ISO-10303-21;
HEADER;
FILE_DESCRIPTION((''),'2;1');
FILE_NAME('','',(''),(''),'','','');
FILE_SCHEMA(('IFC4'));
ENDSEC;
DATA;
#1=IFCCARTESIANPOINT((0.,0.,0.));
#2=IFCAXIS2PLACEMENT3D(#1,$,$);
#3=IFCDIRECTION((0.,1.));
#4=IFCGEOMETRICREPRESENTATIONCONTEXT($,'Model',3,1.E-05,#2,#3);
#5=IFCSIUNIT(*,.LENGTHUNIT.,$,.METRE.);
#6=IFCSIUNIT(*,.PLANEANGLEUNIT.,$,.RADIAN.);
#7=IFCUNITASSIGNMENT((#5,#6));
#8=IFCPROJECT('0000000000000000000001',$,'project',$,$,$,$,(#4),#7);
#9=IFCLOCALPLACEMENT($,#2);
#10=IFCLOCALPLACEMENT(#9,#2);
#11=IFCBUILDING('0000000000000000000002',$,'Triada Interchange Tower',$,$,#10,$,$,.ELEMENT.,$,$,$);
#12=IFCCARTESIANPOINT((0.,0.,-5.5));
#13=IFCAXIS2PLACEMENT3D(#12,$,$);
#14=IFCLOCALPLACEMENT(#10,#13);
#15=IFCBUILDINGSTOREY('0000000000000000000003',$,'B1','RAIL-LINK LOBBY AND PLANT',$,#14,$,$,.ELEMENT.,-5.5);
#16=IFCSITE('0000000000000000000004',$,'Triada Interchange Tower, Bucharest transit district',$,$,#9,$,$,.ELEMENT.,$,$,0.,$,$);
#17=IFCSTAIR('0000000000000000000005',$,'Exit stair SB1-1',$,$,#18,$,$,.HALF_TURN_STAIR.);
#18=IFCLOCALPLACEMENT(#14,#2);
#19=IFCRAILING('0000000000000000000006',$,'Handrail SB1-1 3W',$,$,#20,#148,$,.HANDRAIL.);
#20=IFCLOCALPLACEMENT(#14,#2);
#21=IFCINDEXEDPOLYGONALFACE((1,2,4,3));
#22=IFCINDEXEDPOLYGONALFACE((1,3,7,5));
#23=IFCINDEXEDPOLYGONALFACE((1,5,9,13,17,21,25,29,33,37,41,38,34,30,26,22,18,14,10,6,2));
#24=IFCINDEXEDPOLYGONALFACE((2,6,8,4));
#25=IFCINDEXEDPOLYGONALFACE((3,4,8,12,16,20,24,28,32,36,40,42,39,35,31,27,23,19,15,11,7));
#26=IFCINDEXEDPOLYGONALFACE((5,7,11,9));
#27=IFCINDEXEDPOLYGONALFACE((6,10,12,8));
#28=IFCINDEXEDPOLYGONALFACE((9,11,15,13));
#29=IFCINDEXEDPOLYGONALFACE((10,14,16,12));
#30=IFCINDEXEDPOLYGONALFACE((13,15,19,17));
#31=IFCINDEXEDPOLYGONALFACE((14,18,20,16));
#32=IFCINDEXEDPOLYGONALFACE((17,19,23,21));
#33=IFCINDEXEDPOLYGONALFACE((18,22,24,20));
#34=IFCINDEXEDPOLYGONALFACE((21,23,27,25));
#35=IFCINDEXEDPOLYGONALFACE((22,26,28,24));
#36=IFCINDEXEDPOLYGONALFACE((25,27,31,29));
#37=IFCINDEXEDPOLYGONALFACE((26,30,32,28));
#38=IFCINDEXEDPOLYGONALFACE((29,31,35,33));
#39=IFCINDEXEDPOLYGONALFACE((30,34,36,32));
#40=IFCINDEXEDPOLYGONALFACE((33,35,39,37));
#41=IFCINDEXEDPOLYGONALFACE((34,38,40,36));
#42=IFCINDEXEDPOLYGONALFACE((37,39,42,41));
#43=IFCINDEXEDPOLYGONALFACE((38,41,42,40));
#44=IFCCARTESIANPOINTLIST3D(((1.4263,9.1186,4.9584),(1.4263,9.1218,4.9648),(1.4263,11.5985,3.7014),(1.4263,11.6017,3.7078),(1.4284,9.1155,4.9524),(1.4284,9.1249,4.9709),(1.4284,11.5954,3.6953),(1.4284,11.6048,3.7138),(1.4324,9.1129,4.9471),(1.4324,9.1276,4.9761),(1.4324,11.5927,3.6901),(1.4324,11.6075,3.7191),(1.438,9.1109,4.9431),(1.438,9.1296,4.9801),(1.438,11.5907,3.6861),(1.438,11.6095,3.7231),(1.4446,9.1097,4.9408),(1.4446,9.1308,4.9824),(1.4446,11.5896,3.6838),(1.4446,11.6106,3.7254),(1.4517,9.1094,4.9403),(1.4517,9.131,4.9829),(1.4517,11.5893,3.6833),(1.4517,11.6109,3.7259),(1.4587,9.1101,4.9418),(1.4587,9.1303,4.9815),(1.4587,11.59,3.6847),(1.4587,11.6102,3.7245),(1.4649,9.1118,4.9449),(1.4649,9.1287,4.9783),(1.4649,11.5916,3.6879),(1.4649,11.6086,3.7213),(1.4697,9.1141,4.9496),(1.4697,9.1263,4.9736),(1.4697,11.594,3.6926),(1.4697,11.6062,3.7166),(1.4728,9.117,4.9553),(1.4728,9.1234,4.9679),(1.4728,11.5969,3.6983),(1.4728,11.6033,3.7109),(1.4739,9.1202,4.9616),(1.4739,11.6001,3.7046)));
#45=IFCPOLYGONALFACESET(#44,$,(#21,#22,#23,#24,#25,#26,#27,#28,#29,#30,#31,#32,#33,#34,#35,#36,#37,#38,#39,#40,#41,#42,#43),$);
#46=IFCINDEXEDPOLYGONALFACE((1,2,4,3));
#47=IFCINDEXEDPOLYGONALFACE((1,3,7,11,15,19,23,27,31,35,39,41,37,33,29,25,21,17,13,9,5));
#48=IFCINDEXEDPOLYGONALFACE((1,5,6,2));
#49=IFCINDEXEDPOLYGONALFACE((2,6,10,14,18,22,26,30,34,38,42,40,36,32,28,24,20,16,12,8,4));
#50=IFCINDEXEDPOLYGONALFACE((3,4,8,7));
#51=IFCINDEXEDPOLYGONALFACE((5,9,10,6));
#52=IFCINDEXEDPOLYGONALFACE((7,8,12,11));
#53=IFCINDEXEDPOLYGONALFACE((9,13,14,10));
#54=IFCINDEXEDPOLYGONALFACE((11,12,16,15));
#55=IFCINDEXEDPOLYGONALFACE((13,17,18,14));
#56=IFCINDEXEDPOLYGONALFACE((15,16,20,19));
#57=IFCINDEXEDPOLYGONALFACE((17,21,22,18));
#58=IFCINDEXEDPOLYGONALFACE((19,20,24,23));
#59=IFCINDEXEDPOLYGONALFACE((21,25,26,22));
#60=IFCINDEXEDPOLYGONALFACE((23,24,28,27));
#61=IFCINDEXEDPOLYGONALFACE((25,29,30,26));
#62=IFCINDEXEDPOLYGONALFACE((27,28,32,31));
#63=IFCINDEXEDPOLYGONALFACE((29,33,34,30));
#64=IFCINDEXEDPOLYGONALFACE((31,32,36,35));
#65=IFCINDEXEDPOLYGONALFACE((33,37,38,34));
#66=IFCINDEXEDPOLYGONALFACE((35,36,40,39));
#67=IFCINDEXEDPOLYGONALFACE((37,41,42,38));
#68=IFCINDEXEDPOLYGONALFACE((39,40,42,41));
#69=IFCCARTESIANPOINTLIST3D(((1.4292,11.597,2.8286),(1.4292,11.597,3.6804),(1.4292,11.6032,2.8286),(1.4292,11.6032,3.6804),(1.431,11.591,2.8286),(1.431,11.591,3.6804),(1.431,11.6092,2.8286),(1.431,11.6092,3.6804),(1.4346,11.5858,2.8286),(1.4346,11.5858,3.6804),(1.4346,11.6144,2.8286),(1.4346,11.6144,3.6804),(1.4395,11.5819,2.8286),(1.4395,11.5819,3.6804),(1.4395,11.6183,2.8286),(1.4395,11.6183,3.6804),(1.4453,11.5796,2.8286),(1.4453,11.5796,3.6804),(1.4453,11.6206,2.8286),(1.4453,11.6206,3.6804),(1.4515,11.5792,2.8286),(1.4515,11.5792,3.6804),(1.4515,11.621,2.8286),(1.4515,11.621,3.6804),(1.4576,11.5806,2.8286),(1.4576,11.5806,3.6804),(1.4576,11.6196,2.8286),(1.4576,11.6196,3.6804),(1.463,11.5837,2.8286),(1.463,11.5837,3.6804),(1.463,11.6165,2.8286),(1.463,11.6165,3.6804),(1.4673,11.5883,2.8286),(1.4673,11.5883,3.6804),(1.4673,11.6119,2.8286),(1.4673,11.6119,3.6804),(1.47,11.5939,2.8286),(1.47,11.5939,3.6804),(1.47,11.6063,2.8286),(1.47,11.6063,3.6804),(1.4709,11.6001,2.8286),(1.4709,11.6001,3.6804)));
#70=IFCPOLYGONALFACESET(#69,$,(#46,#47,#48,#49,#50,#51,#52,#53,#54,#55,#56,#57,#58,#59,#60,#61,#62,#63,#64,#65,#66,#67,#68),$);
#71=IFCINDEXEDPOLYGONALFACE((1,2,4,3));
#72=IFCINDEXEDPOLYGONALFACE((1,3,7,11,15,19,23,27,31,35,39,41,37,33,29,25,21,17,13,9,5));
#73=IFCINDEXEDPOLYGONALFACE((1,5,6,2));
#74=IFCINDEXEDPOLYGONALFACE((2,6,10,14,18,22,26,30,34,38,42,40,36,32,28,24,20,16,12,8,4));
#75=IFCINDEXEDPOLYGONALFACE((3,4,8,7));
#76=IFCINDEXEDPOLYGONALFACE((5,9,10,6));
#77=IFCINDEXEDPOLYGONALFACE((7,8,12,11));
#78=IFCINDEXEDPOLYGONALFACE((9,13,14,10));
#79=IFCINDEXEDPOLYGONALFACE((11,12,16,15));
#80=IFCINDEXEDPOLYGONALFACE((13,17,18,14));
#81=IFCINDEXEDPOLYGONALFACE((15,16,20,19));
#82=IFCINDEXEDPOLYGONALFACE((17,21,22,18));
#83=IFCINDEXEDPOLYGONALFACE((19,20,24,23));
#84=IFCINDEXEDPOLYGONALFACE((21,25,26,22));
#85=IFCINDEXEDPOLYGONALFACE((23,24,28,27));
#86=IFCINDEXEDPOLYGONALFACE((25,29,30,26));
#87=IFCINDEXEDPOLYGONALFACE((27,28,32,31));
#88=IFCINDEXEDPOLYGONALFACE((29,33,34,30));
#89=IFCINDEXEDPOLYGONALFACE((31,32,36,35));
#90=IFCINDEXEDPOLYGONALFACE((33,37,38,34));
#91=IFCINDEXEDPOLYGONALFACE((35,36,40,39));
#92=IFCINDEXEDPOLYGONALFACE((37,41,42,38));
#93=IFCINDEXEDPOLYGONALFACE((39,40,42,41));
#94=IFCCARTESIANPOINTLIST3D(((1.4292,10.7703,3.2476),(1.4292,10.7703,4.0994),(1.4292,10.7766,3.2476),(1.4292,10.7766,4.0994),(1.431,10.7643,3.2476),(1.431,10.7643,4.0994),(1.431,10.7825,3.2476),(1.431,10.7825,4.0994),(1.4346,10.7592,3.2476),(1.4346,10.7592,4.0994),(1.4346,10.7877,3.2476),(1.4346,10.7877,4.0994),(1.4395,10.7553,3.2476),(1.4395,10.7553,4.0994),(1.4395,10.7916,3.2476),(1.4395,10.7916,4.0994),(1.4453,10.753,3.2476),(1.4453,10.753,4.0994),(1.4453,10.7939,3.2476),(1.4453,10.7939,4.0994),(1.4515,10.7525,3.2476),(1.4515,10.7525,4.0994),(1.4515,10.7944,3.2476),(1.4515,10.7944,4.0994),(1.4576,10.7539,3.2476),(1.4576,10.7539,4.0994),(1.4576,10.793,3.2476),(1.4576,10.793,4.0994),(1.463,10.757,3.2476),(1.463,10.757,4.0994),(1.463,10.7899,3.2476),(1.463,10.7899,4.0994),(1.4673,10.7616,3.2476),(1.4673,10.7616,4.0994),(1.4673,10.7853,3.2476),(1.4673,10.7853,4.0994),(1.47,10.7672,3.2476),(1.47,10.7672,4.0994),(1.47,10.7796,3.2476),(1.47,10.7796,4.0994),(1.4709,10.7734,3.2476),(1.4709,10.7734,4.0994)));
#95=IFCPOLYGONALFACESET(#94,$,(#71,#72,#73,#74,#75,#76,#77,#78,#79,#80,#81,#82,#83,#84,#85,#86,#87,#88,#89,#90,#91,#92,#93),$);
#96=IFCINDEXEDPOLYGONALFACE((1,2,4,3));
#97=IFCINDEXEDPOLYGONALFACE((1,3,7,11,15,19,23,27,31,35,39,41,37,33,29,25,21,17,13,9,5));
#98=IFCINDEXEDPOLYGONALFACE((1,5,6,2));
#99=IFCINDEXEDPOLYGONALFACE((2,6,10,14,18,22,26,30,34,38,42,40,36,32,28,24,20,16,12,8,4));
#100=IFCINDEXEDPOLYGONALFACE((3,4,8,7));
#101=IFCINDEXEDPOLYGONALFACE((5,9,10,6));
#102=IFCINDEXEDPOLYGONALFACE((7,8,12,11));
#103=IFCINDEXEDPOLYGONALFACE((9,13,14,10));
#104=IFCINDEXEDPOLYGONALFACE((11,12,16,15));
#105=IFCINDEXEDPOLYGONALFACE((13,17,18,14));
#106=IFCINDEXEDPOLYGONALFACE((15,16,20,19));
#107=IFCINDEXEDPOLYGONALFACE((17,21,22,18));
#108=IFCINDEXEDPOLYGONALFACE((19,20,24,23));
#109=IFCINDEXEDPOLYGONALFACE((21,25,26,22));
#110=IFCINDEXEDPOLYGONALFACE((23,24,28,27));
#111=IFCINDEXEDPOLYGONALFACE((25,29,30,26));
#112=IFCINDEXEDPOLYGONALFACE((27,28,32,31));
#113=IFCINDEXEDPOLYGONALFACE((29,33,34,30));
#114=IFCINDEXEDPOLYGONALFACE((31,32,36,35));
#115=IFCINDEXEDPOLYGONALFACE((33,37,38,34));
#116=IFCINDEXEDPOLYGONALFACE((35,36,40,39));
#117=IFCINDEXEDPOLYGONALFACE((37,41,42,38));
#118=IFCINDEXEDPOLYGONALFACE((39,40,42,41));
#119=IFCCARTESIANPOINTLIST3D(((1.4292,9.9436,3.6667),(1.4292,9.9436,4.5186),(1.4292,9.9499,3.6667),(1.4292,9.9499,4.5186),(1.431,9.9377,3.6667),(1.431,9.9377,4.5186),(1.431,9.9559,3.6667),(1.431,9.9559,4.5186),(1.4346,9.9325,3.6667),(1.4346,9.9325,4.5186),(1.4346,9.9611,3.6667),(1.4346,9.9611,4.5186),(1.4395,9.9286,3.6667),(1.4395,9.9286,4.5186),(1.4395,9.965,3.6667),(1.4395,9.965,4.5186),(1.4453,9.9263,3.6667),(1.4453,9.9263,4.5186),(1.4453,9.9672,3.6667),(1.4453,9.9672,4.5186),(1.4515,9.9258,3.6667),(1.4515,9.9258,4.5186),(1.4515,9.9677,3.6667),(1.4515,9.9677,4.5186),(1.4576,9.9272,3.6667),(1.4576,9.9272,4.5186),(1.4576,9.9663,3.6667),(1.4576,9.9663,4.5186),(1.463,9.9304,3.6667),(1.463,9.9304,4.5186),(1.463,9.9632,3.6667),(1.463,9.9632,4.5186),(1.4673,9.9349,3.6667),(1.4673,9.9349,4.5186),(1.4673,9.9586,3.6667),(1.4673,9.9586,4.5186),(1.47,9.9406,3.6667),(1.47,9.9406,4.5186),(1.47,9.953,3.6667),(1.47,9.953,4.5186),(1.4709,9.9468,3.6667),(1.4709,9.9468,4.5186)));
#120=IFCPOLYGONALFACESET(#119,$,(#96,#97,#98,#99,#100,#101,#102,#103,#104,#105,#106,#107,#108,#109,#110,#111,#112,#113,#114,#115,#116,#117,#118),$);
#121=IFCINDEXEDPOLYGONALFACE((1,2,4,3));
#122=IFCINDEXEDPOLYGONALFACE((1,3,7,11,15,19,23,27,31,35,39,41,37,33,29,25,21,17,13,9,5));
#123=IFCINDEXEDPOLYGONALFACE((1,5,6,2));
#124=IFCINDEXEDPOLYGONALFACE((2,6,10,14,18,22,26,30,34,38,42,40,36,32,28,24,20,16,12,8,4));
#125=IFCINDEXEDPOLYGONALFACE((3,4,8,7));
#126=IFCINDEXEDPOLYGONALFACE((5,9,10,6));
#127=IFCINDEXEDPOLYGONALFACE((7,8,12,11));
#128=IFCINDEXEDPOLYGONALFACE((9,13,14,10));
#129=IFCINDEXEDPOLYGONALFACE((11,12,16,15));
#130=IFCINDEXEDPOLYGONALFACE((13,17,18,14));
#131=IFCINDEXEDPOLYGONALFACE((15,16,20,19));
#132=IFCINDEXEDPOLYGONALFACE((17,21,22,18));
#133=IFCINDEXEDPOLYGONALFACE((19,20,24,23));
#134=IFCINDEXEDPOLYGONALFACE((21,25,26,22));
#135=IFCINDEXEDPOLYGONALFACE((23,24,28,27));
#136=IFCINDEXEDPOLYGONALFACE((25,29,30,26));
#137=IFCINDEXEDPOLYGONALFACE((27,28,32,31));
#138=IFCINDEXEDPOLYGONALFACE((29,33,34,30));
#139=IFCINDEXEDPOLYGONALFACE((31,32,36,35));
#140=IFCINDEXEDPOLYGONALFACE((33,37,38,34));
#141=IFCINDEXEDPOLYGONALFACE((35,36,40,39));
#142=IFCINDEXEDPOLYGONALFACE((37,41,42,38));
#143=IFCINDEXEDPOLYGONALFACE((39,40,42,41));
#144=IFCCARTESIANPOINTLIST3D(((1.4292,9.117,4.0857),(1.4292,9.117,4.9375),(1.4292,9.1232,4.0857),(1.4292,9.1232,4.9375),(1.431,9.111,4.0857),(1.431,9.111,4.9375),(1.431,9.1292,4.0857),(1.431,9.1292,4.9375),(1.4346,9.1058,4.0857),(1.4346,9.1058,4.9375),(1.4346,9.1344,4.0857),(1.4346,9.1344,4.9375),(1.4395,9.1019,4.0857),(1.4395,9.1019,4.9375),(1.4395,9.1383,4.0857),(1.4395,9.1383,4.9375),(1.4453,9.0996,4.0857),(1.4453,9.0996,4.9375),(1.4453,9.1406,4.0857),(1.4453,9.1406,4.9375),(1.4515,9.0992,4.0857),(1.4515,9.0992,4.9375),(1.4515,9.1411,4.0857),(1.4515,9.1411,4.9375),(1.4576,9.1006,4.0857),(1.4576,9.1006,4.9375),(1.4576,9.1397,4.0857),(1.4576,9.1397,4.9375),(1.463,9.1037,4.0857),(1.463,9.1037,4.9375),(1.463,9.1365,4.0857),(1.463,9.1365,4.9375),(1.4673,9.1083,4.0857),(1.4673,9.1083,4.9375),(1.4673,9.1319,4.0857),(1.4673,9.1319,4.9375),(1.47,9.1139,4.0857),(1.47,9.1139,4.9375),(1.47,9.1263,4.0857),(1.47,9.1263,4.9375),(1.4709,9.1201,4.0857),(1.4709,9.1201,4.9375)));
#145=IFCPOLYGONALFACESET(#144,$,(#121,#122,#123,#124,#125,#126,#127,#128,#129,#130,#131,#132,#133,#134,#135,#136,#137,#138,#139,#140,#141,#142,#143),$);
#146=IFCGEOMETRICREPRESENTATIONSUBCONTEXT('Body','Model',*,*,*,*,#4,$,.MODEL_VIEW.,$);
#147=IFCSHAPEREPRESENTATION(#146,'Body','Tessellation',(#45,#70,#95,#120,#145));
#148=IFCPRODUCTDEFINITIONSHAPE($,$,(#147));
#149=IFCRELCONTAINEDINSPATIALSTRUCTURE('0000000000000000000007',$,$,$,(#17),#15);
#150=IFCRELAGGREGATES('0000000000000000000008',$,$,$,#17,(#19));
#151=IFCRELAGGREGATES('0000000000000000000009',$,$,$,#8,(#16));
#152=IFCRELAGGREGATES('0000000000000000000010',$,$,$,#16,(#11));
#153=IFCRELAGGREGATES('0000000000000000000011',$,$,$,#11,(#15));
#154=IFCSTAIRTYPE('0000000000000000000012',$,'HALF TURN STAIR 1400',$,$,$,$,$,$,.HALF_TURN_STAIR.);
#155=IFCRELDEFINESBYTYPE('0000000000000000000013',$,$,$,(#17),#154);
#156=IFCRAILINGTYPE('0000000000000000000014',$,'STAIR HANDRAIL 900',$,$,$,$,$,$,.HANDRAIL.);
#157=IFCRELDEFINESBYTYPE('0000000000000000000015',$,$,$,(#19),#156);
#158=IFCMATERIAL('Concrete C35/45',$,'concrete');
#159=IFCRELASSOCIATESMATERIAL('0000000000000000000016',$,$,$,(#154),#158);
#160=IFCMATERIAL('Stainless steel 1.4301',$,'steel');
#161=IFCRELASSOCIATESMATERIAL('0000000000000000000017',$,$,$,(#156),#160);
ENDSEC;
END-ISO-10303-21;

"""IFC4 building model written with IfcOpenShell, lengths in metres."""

from ifc_helpers import new_model, si_unit, direction, frame, origin, origin_2d, place, context, subcontext, project, spatial, circle, extrude, material, type_object, element, aggregate, save


model = new_model("IFC4")

# Units and contexts
model_context = context("Model", 3, precision=1e-05, world=origin(), true_north=direction((0.0, 1.0)))
body_context = subcontext(model_context, "Body", "Model", "MODEL_VIEW")
ifc_project = project(units=[si_unit("LENGTHUNIT", "METRE"), si_unit("PLANEANGLEUNIT", "RADIAN")], contexts=[model_context])

# Site, building, storey
site_placement = place(None, origin())
site = spatial("IfcSite", under=ifc_project, at=site_placement, Name="Triada Interchange Tower, Bucharest transit district", CompositionType="ELEMENT", RefElevation=0.0)
building_placement = place(site_placement, origin())
building = spatial("IfcBuilding", under=site, at=building_placement, Name="Triada Interchange Tower", CompositionType="ELEMENT")
storey_placement = place(building_placement, frame((0.0, 0.0, -5.5)))
storey = spatial("IfcBuildingStorey", under=building, at=storey_placement, Name="B1", Description="RAIL-LINK LOBBY AND PLANT", CompositionType="ELEMENT", Elevation=-5.5)

# Shared definitions
ifc_material_1 = material(Name="Concrete C35/45", Category="concrete")

# Stair, railing
stair_type = type_object("IfcStairType", Name="HALF TURN STAIR 1400", PredefinedType="HALF_TURN_STAIR", material=ifc_material_1)
stair_placement = place(storey_placement, origin())
stair = element("IfcStair", 1, at=stair_placement, inside=storey, type_object=stair_type, Name="Exit stair SB1-1", PredefinedType="HALF_TURN_STAIR")
ifc_material_2 = material(Name="Stainless steel 1.4301", Category="steel")
railing_type_1 = type_object("IfcRailingType", Name="STAIR HANDRAIL 900", PredefinedType="HANDRAIL", material=ifc_material_2)
railing_1_placement = place(storey_placement, frame((1.45, 11.6001, 2.8286)))
railing_1 = element("IfcRailing", 2, at=railing_1_placement, type_object=railing_type_1, Name="Handrail SB1-1 3W", PredefinedType="HANDRAIL", context=body_context, shape_type="SweptSolid", body=[
    extrude(circle(Radius=0.0239, at=origin_2d()), frame((0.0, 0.0, 0.876), z_axis=(0.0, -0.891955, 0.452124), x_axis=(1.0, 0.0, 0.0)), (0.0, 0.0, 1.0), 2.7803),
    extrude(circle(Radius=0.021, at=origin_2d()), origin(), (0.0, 0.0, 1.0), 0.8518),
    extrude(circle(Radius=0.021, at=origin_2d()), frame((0.0, -0.8267, 0.4189)), (0.0, 0.0, 1.0), 0.8518),
    extrude(circle(Radius=0.021, at=origin_2d()), frame((0.0, -1.6533, 0.8381)), (0.0, 0.0, 1.0), 0.8518),
    extrude(circle(Radius=0.021, at=origin_2d()), frame((0.0, -2.48, 1.2571)), (0.0, 0.0, 1.0), 0.8518),
])
aggregate(stair, [railing_1])

save(model, "model.ifc")
